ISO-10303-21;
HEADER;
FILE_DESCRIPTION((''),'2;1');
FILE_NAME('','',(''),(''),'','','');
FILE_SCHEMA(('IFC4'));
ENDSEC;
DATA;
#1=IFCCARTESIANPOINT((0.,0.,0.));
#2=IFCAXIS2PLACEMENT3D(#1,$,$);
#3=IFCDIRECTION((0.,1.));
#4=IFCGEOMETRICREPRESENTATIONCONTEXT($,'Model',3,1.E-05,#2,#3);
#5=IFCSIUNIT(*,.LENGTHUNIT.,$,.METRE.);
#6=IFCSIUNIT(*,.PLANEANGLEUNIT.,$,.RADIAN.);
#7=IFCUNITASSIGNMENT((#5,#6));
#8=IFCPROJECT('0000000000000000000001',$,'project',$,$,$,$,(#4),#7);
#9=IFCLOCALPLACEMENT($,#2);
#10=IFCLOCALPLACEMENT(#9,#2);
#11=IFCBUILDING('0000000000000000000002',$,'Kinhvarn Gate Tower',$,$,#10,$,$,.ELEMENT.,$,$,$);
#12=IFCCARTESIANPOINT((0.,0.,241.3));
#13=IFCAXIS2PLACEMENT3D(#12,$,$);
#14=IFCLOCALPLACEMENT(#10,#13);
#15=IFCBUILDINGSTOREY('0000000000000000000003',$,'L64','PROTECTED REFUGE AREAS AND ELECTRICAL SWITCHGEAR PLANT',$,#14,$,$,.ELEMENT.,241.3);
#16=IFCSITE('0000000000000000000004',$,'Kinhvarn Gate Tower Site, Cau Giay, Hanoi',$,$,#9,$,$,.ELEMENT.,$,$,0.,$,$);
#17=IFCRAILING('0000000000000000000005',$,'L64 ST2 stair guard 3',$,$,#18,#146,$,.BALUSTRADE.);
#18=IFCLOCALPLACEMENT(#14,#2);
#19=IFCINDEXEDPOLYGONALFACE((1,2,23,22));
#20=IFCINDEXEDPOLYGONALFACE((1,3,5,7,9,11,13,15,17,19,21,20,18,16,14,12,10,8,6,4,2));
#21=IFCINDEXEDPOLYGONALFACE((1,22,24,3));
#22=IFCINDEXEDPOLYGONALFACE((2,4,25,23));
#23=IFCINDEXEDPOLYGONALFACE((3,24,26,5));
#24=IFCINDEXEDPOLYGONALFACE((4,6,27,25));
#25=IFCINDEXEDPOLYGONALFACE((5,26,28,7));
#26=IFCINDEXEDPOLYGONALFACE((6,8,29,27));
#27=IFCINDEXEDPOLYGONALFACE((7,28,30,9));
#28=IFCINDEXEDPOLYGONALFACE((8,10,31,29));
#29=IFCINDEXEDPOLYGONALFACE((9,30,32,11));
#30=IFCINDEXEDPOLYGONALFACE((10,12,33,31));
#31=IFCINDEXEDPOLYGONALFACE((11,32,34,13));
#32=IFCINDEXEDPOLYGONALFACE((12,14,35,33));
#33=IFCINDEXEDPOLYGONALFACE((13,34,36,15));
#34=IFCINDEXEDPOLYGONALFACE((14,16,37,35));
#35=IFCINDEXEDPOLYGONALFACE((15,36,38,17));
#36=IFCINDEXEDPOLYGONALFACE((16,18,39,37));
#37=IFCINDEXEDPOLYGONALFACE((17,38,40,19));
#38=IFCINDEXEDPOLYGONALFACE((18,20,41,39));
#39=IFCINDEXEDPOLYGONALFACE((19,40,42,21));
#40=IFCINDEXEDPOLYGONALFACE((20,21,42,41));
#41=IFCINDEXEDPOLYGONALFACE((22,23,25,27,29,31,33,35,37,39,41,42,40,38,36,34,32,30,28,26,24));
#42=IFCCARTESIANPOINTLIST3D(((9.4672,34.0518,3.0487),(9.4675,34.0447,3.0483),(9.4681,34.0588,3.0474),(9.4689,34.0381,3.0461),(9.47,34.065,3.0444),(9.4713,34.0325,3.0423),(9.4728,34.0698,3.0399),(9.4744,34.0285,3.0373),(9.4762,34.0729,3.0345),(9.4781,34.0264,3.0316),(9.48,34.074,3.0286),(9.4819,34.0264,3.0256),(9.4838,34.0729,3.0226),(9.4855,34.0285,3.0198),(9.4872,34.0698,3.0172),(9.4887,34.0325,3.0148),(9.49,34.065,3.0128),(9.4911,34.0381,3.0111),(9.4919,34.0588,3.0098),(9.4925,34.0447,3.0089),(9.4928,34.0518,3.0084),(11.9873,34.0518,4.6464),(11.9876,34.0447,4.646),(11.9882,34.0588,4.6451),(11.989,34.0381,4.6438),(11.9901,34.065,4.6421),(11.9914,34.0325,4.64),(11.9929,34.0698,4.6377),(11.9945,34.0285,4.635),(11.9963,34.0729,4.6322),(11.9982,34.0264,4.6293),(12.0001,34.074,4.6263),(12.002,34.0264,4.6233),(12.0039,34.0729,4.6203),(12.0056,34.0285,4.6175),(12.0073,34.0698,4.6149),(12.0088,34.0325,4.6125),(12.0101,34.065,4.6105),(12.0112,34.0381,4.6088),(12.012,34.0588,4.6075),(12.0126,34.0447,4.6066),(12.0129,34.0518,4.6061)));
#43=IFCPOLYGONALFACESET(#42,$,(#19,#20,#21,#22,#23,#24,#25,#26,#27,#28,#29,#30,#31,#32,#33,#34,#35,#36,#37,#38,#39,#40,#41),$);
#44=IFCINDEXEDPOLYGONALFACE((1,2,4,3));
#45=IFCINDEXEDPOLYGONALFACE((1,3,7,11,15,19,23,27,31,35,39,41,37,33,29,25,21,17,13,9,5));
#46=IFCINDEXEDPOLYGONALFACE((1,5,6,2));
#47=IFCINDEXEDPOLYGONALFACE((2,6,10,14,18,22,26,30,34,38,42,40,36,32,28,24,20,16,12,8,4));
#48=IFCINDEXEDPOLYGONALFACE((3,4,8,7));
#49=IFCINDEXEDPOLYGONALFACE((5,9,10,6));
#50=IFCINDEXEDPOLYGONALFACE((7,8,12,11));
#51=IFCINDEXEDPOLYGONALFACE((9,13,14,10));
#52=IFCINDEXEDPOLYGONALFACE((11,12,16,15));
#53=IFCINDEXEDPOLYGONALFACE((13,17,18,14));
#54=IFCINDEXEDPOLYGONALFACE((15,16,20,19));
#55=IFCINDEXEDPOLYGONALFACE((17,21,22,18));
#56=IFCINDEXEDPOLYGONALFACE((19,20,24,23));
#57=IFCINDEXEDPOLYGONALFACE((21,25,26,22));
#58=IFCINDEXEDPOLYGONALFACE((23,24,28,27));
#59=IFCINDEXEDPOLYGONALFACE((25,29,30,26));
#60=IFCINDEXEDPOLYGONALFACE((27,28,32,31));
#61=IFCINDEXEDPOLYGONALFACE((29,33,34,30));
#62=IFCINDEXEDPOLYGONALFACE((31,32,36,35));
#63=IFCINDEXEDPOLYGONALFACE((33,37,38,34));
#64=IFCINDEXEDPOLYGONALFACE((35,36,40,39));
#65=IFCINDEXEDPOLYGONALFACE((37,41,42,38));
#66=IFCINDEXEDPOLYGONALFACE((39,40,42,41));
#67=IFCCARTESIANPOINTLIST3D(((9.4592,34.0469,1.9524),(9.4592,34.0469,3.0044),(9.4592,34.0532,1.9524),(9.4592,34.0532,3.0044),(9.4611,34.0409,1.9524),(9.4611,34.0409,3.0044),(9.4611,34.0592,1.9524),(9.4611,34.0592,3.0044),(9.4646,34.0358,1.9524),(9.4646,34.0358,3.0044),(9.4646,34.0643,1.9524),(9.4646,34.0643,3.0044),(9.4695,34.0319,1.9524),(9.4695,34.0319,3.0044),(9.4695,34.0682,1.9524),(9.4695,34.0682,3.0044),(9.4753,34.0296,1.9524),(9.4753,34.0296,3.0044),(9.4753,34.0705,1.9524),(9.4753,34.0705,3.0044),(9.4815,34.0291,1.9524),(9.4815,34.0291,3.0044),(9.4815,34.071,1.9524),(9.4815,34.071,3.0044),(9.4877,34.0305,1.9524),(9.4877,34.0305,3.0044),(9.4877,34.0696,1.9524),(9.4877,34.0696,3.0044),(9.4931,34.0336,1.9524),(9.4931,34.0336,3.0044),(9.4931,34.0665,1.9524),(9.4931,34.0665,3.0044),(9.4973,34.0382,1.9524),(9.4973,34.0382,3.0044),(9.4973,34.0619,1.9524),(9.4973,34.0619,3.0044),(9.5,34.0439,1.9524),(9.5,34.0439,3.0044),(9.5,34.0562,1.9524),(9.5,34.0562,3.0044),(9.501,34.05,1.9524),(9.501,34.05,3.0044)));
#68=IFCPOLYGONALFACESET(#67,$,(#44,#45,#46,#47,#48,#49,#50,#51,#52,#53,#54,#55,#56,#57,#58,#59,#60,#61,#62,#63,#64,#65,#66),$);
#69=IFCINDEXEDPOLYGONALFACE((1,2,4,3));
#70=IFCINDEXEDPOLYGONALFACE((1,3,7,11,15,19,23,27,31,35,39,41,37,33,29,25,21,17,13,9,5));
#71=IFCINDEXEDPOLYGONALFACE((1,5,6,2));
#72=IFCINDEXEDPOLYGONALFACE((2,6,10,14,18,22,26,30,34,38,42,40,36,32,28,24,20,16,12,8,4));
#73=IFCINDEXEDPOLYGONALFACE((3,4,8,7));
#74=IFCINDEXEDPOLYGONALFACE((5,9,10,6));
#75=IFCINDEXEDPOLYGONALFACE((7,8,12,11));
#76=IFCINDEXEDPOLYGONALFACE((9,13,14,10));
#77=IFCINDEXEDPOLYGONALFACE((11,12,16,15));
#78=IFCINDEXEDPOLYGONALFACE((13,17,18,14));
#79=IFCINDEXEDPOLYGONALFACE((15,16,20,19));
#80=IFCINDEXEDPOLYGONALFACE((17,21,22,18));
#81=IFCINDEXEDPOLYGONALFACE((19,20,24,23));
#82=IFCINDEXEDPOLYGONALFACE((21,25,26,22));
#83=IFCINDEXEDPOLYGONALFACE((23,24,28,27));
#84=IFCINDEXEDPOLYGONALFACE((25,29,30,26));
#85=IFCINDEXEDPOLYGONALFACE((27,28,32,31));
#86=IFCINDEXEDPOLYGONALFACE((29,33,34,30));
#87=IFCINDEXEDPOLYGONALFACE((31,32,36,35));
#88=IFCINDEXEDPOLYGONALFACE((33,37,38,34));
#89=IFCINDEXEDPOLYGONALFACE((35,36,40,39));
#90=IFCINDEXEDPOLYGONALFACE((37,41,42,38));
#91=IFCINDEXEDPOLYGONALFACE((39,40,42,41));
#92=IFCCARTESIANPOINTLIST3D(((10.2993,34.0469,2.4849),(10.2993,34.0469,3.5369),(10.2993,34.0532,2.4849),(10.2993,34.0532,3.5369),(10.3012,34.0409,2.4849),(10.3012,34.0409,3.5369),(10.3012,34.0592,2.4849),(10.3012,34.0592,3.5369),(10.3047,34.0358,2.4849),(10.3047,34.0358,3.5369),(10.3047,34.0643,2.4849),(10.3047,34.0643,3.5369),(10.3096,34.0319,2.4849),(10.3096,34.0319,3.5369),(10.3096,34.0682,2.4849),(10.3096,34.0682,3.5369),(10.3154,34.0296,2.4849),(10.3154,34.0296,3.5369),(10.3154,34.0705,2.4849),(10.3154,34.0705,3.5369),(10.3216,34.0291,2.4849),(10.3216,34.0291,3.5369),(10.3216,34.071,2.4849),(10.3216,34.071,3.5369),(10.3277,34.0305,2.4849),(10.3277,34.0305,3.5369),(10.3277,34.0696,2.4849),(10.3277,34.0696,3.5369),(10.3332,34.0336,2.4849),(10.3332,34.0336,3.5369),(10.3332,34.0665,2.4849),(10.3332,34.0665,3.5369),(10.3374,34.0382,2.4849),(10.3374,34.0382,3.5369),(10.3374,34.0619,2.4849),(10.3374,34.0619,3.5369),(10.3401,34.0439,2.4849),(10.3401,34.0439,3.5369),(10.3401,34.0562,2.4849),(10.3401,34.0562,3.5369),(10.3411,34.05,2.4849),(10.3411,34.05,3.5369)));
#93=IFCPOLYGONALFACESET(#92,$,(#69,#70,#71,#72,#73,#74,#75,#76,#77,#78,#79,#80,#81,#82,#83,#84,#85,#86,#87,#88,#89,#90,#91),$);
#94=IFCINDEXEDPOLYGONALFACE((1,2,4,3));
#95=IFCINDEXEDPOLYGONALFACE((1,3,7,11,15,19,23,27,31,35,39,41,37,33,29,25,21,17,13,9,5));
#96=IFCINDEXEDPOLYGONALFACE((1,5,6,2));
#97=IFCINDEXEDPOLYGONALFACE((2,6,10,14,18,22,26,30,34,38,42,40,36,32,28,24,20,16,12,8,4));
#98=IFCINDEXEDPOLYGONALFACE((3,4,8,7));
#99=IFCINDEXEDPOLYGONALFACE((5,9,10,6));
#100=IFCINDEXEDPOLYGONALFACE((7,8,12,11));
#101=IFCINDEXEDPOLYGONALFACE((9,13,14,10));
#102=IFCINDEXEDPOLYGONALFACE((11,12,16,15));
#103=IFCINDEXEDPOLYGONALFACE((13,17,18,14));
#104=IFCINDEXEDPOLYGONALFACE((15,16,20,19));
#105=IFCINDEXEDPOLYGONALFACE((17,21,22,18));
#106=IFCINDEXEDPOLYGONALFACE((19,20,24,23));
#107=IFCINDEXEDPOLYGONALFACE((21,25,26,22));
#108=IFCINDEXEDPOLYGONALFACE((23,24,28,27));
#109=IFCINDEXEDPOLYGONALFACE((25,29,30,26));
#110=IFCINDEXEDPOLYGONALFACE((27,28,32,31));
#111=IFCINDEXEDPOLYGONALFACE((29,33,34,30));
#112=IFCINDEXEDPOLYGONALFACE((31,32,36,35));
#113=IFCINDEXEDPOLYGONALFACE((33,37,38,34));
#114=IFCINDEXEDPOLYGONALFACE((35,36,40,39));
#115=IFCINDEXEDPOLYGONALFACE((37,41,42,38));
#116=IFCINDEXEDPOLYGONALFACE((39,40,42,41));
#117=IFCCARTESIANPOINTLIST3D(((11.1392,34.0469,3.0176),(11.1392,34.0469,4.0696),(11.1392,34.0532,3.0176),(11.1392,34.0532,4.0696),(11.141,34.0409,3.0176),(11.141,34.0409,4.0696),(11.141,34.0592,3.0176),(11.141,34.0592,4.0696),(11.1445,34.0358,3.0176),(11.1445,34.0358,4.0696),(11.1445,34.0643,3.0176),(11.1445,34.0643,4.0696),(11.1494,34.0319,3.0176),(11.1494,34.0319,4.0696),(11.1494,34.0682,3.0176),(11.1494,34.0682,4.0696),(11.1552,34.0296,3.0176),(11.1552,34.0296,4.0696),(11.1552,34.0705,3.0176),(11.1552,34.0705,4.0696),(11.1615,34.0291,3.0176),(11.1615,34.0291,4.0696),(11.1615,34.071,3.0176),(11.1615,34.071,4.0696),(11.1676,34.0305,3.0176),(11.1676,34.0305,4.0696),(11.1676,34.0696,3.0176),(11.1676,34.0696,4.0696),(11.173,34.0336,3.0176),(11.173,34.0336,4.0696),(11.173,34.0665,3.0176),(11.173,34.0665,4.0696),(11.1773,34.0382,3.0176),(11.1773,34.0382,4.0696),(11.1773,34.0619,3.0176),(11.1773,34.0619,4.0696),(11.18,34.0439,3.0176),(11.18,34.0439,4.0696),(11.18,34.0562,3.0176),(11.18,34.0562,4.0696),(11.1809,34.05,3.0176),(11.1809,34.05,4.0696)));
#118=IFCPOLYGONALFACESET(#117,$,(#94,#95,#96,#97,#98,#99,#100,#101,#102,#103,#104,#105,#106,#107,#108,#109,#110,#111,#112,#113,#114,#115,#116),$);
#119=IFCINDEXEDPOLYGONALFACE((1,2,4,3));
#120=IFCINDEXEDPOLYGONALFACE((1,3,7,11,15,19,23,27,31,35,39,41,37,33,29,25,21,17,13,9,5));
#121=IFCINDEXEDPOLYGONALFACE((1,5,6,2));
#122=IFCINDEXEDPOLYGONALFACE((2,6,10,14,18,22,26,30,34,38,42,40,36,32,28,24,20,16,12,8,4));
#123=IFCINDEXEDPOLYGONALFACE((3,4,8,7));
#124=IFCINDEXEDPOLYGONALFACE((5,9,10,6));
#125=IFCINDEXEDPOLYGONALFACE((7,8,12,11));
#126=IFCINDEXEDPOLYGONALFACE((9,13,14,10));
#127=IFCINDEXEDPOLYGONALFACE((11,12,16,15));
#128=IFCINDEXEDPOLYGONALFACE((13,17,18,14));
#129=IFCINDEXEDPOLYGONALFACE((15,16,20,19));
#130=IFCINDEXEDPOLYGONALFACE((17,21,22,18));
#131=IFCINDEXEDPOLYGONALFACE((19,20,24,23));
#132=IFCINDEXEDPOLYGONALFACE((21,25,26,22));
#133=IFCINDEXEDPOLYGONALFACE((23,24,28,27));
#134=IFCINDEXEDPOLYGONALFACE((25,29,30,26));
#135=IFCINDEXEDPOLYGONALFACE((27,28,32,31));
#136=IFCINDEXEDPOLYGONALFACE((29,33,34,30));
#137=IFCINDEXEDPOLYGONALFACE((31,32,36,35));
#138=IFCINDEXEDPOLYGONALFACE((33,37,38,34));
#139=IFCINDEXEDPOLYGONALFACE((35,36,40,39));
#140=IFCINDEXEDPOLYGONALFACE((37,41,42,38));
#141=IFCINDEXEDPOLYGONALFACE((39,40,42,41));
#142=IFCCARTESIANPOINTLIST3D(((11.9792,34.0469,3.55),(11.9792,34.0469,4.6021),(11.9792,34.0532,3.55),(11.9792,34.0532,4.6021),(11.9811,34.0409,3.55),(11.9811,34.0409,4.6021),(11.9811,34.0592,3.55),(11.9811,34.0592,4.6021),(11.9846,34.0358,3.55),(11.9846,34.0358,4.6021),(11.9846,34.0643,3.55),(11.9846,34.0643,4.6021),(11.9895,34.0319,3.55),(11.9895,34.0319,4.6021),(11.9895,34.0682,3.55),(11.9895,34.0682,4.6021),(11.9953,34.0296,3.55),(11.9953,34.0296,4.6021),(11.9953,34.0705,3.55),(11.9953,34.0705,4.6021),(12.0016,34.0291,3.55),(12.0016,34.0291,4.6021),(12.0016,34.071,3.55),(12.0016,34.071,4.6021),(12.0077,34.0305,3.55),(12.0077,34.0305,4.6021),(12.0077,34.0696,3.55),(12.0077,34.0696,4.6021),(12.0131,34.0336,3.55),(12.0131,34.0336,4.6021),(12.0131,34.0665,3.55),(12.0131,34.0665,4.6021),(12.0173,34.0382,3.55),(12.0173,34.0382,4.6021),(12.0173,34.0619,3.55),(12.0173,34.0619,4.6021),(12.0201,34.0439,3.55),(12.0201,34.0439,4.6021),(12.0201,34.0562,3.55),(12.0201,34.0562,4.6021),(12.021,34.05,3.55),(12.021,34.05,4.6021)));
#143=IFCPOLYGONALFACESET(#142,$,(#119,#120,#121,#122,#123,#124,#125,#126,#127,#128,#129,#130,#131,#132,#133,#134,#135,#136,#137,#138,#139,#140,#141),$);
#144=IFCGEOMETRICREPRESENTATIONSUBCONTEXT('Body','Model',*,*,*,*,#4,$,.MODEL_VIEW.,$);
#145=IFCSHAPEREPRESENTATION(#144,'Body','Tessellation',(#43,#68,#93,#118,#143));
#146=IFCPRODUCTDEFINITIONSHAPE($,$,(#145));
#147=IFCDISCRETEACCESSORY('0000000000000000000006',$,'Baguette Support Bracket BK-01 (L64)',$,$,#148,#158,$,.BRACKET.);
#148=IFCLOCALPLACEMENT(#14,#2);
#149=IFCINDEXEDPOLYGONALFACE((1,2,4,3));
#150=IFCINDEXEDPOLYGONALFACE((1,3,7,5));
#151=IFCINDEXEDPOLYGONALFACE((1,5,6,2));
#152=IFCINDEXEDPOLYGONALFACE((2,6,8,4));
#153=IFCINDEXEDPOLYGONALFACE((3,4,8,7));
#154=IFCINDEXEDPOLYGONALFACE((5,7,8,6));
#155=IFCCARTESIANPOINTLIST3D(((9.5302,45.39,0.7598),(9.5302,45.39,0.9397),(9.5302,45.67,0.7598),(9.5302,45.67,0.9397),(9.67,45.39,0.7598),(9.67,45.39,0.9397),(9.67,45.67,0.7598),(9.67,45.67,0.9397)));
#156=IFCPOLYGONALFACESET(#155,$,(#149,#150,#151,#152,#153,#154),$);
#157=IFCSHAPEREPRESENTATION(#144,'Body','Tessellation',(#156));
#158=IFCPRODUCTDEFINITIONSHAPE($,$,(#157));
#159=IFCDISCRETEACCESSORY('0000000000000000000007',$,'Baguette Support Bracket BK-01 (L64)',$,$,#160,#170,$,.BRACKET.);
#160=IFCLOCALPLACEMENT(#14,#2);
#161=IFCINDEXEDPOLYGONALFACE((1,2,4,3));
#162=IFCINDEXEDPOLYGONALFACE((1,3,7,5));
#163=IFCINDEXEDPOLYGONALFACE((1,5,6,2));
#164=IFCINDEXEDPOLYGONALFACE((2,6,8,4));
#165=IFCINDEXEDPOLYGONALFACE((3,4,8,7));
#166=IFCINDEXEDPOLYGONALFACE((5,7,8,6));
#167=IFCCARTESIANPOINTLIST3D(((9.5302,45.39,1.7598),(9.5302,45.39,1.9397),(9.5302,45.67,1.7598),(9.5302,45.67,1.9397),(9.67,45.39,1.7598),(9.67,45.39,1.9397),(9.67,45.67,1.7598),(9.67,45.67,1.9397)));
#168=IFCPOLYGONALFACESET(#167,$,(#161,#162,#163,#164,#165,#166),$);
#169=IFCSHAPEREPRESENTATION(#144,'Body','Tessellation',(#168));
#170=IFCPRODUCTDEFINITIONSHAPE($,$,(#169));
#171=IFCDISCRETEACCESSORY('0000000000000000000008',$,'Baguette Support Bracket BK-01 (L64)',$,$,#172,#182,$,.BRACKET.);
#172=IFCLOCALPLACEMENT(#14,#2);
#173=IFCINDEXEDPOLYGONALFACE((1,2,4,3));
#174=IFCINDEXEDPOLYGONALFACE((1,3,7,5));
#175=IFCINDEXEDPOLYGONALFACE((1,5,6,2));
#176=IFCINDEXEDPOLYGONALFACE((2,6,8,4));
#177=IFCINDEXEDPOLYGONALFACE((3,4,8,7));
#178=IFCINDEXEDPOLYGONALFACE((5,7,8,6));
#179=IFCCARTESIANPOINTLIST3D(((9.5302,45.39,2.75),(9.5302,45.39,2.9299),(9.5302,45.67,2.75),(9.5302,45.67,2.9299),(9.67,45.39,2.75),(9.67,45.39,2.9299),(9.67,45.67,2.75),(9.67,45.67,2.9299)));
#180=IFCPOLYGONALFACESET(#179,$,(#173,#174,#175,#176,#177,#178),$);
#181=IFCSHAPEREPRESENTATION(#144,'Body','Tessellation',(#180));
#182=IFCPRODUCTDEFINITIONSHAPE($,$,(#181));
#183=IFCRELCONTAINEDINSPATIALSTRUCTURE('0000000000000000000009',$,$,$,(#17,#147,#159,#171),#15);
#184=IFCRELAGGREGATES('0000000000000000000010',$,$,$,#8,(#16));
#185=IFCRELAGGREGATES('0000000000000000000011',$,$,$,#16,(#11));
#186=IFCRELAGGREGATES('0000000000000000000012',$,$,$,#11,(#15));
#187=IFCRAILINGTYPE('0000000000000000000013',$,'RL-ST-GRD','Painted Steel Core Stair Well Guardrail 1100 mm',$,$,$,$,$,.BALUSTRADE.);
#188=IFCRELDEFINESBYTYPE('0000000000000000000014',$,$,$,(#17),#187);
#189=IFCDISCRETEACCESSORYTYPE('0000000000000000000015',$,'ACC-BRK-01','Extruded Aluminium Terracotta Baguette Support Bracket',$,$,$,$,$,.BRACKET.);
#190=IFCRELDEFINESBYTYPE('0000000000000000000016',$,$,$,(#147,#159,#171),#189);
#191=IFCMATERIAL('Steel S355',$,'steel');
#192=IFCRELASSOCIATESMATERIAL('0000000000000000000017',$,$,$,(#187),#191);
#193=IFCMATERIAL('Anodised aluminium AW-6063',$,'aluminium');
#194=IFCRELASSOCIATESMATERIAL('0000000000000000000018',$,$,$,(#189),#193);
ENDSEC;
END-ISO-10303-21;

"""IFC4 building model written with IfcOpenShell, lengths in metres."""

from ifc_helpers import new_model, si_unit, direction, frame, origin, origin_2d, place, context, subcontext, project, spatial, rectangle, circle, extrude, material, type_object, element, save


model = new_model("IFC4")

# Units and contexts
model_context = context("Model", 3, precision=1e-05, world=origin(), true_north=direction((0.0, 1.0)))
body_context = subcontext(model_context, "Body", "Model", "MODEL_VIEW")
ifc_project = project(units=[si_unit("LENGTHUNIT", "METRE"), si_unit("PLANEANGLEUNIT", "RADIAN")], contexts=[model_context])

# Site, building, storey
site_placement = place(None, origin())
site = spatial("IfcSite", under=ifc_project, at=site_placement, Name="Kinhvarn Gate Tower Site, Cau Giay, Hanoi", CompositionType="ELEMENT", RefElevation=0.0)
building_placement = place(site_placement, origin())
building = spatial("IfcBuilding", under=site, at=building_placement, Name="Kinhvarn Gate Tower", CompositionType="ELEMENT")
storey_placement = place(building_placement, frame((0.0, 0.0, 241.3)))
storey = spatial("IfcBuildingStorey", under=building, at=storey_placement, Name="L64", Description="PROTECTED REFUGE AREAS AND ELECTRICAL SWITCHGEAR PLANT", CompositionType="ELEMENT", Elevation=241.3)

# Shared definitions
ifc_material_1 = material(Name="Anodised aluminium AW-6063", Category="aluminium")

# Shared definitions
ifc_material_2 = material(Name="Steel S355", Category="steel")

# Railing
railing_type = type_object("IfcRailingType", Name="RL-ST-GRD", Description="Painted Steel Core Stair Well Guardrail 1100 mm", PredefinedType="BALUSTRADE", material=ifc_material_2)
railing_1_placement = place(storey_placement, frame((9.48, 34.05, 1.9524)))
element("IfcRailing", 1, at=railing_1_placement, inside=storey, type_object=railing_type, Name="L64 ST2 stair guard 3", PredefinedType="BALUSTRADE", context=body_context, shape_type="SweptSolid", body=[
    extrude(circle(Radius=0.0239, at=origin_2d()), frame((0.0, 0.0, 1.0762), z_axis=(0.84457, 0.0, 0.535445), x_axis=(0.0, 1.0, 0.0)), (0.0, 0.0, 1.0), 2.9839),
    extrude(circle(Radius=0.021, at=origin_2d()), origin(), (0.0, 0.0, 1.0), 1.052),
    extrude(circle(Radius=0.021, at=origin_2d()), frame((0.8401, 0.0, 0.5325)), (0.0, 0.0, 1.0), 1.052),
    extrude(circle(Radius=0.021, at=origin_2d()), frame((1.6799, 0.0, 1.0652)), (0.0, 0.0, 1.0), 1.052),
    extrude(circle(Radius=0.021, at=origin_2d()), frame((2.52, 0.0, 1.5977)), (0.0, 0.0, 1.0), 1.052),
])

# Discrete accessories
discrete_accessory_type = type_object("IfcDiscreteAccessoryType", Name="ACC-BRK-01", Description="Extruded Aluminium Terracotta Baguette Support Bracket", PredefinedType="BRACKET", material=ifc_material_1)
for number, where, z_axis, x_axis, name in (
    (2, (9.6001, 45.53, 0.7598), (0.0, 0.0, 1.0), (-1.0, 0.0, 0.0), "Baguette Support Bracket BK-01 (L64)"),
    (3, (9.6001, 45.53, 1.7598), (0.0, 0.0, 1.0), (-1.0, 0.0, 0.0), "Baguette Support Bracket BK-01 (L64)"),
    (4, (9.6001, 45.53, 2.75), (0.0, 0.0, 1.0), (-1.0, 0.0, 0.0), "Baguette Support Bracket BK-01 (L64)"),
):
    element("IfcDiscreteAccessory", number, at=place(storey_placement, frame(where, z_axis=z_axis, x_axis=x_axis)), inside=storey, type_object=discrete_accessory_type, Name=name, PredefinedType="BRACKET", context=body_context, shape_type="SweptSolid", body=[
        extrude(rectangle(XDim=0.1399, YDim=0.28, at=origin_2d()), origin(), (0.0, 0.0, 1.0), 0.1799),
    ])

save(model, "model.ifc")
